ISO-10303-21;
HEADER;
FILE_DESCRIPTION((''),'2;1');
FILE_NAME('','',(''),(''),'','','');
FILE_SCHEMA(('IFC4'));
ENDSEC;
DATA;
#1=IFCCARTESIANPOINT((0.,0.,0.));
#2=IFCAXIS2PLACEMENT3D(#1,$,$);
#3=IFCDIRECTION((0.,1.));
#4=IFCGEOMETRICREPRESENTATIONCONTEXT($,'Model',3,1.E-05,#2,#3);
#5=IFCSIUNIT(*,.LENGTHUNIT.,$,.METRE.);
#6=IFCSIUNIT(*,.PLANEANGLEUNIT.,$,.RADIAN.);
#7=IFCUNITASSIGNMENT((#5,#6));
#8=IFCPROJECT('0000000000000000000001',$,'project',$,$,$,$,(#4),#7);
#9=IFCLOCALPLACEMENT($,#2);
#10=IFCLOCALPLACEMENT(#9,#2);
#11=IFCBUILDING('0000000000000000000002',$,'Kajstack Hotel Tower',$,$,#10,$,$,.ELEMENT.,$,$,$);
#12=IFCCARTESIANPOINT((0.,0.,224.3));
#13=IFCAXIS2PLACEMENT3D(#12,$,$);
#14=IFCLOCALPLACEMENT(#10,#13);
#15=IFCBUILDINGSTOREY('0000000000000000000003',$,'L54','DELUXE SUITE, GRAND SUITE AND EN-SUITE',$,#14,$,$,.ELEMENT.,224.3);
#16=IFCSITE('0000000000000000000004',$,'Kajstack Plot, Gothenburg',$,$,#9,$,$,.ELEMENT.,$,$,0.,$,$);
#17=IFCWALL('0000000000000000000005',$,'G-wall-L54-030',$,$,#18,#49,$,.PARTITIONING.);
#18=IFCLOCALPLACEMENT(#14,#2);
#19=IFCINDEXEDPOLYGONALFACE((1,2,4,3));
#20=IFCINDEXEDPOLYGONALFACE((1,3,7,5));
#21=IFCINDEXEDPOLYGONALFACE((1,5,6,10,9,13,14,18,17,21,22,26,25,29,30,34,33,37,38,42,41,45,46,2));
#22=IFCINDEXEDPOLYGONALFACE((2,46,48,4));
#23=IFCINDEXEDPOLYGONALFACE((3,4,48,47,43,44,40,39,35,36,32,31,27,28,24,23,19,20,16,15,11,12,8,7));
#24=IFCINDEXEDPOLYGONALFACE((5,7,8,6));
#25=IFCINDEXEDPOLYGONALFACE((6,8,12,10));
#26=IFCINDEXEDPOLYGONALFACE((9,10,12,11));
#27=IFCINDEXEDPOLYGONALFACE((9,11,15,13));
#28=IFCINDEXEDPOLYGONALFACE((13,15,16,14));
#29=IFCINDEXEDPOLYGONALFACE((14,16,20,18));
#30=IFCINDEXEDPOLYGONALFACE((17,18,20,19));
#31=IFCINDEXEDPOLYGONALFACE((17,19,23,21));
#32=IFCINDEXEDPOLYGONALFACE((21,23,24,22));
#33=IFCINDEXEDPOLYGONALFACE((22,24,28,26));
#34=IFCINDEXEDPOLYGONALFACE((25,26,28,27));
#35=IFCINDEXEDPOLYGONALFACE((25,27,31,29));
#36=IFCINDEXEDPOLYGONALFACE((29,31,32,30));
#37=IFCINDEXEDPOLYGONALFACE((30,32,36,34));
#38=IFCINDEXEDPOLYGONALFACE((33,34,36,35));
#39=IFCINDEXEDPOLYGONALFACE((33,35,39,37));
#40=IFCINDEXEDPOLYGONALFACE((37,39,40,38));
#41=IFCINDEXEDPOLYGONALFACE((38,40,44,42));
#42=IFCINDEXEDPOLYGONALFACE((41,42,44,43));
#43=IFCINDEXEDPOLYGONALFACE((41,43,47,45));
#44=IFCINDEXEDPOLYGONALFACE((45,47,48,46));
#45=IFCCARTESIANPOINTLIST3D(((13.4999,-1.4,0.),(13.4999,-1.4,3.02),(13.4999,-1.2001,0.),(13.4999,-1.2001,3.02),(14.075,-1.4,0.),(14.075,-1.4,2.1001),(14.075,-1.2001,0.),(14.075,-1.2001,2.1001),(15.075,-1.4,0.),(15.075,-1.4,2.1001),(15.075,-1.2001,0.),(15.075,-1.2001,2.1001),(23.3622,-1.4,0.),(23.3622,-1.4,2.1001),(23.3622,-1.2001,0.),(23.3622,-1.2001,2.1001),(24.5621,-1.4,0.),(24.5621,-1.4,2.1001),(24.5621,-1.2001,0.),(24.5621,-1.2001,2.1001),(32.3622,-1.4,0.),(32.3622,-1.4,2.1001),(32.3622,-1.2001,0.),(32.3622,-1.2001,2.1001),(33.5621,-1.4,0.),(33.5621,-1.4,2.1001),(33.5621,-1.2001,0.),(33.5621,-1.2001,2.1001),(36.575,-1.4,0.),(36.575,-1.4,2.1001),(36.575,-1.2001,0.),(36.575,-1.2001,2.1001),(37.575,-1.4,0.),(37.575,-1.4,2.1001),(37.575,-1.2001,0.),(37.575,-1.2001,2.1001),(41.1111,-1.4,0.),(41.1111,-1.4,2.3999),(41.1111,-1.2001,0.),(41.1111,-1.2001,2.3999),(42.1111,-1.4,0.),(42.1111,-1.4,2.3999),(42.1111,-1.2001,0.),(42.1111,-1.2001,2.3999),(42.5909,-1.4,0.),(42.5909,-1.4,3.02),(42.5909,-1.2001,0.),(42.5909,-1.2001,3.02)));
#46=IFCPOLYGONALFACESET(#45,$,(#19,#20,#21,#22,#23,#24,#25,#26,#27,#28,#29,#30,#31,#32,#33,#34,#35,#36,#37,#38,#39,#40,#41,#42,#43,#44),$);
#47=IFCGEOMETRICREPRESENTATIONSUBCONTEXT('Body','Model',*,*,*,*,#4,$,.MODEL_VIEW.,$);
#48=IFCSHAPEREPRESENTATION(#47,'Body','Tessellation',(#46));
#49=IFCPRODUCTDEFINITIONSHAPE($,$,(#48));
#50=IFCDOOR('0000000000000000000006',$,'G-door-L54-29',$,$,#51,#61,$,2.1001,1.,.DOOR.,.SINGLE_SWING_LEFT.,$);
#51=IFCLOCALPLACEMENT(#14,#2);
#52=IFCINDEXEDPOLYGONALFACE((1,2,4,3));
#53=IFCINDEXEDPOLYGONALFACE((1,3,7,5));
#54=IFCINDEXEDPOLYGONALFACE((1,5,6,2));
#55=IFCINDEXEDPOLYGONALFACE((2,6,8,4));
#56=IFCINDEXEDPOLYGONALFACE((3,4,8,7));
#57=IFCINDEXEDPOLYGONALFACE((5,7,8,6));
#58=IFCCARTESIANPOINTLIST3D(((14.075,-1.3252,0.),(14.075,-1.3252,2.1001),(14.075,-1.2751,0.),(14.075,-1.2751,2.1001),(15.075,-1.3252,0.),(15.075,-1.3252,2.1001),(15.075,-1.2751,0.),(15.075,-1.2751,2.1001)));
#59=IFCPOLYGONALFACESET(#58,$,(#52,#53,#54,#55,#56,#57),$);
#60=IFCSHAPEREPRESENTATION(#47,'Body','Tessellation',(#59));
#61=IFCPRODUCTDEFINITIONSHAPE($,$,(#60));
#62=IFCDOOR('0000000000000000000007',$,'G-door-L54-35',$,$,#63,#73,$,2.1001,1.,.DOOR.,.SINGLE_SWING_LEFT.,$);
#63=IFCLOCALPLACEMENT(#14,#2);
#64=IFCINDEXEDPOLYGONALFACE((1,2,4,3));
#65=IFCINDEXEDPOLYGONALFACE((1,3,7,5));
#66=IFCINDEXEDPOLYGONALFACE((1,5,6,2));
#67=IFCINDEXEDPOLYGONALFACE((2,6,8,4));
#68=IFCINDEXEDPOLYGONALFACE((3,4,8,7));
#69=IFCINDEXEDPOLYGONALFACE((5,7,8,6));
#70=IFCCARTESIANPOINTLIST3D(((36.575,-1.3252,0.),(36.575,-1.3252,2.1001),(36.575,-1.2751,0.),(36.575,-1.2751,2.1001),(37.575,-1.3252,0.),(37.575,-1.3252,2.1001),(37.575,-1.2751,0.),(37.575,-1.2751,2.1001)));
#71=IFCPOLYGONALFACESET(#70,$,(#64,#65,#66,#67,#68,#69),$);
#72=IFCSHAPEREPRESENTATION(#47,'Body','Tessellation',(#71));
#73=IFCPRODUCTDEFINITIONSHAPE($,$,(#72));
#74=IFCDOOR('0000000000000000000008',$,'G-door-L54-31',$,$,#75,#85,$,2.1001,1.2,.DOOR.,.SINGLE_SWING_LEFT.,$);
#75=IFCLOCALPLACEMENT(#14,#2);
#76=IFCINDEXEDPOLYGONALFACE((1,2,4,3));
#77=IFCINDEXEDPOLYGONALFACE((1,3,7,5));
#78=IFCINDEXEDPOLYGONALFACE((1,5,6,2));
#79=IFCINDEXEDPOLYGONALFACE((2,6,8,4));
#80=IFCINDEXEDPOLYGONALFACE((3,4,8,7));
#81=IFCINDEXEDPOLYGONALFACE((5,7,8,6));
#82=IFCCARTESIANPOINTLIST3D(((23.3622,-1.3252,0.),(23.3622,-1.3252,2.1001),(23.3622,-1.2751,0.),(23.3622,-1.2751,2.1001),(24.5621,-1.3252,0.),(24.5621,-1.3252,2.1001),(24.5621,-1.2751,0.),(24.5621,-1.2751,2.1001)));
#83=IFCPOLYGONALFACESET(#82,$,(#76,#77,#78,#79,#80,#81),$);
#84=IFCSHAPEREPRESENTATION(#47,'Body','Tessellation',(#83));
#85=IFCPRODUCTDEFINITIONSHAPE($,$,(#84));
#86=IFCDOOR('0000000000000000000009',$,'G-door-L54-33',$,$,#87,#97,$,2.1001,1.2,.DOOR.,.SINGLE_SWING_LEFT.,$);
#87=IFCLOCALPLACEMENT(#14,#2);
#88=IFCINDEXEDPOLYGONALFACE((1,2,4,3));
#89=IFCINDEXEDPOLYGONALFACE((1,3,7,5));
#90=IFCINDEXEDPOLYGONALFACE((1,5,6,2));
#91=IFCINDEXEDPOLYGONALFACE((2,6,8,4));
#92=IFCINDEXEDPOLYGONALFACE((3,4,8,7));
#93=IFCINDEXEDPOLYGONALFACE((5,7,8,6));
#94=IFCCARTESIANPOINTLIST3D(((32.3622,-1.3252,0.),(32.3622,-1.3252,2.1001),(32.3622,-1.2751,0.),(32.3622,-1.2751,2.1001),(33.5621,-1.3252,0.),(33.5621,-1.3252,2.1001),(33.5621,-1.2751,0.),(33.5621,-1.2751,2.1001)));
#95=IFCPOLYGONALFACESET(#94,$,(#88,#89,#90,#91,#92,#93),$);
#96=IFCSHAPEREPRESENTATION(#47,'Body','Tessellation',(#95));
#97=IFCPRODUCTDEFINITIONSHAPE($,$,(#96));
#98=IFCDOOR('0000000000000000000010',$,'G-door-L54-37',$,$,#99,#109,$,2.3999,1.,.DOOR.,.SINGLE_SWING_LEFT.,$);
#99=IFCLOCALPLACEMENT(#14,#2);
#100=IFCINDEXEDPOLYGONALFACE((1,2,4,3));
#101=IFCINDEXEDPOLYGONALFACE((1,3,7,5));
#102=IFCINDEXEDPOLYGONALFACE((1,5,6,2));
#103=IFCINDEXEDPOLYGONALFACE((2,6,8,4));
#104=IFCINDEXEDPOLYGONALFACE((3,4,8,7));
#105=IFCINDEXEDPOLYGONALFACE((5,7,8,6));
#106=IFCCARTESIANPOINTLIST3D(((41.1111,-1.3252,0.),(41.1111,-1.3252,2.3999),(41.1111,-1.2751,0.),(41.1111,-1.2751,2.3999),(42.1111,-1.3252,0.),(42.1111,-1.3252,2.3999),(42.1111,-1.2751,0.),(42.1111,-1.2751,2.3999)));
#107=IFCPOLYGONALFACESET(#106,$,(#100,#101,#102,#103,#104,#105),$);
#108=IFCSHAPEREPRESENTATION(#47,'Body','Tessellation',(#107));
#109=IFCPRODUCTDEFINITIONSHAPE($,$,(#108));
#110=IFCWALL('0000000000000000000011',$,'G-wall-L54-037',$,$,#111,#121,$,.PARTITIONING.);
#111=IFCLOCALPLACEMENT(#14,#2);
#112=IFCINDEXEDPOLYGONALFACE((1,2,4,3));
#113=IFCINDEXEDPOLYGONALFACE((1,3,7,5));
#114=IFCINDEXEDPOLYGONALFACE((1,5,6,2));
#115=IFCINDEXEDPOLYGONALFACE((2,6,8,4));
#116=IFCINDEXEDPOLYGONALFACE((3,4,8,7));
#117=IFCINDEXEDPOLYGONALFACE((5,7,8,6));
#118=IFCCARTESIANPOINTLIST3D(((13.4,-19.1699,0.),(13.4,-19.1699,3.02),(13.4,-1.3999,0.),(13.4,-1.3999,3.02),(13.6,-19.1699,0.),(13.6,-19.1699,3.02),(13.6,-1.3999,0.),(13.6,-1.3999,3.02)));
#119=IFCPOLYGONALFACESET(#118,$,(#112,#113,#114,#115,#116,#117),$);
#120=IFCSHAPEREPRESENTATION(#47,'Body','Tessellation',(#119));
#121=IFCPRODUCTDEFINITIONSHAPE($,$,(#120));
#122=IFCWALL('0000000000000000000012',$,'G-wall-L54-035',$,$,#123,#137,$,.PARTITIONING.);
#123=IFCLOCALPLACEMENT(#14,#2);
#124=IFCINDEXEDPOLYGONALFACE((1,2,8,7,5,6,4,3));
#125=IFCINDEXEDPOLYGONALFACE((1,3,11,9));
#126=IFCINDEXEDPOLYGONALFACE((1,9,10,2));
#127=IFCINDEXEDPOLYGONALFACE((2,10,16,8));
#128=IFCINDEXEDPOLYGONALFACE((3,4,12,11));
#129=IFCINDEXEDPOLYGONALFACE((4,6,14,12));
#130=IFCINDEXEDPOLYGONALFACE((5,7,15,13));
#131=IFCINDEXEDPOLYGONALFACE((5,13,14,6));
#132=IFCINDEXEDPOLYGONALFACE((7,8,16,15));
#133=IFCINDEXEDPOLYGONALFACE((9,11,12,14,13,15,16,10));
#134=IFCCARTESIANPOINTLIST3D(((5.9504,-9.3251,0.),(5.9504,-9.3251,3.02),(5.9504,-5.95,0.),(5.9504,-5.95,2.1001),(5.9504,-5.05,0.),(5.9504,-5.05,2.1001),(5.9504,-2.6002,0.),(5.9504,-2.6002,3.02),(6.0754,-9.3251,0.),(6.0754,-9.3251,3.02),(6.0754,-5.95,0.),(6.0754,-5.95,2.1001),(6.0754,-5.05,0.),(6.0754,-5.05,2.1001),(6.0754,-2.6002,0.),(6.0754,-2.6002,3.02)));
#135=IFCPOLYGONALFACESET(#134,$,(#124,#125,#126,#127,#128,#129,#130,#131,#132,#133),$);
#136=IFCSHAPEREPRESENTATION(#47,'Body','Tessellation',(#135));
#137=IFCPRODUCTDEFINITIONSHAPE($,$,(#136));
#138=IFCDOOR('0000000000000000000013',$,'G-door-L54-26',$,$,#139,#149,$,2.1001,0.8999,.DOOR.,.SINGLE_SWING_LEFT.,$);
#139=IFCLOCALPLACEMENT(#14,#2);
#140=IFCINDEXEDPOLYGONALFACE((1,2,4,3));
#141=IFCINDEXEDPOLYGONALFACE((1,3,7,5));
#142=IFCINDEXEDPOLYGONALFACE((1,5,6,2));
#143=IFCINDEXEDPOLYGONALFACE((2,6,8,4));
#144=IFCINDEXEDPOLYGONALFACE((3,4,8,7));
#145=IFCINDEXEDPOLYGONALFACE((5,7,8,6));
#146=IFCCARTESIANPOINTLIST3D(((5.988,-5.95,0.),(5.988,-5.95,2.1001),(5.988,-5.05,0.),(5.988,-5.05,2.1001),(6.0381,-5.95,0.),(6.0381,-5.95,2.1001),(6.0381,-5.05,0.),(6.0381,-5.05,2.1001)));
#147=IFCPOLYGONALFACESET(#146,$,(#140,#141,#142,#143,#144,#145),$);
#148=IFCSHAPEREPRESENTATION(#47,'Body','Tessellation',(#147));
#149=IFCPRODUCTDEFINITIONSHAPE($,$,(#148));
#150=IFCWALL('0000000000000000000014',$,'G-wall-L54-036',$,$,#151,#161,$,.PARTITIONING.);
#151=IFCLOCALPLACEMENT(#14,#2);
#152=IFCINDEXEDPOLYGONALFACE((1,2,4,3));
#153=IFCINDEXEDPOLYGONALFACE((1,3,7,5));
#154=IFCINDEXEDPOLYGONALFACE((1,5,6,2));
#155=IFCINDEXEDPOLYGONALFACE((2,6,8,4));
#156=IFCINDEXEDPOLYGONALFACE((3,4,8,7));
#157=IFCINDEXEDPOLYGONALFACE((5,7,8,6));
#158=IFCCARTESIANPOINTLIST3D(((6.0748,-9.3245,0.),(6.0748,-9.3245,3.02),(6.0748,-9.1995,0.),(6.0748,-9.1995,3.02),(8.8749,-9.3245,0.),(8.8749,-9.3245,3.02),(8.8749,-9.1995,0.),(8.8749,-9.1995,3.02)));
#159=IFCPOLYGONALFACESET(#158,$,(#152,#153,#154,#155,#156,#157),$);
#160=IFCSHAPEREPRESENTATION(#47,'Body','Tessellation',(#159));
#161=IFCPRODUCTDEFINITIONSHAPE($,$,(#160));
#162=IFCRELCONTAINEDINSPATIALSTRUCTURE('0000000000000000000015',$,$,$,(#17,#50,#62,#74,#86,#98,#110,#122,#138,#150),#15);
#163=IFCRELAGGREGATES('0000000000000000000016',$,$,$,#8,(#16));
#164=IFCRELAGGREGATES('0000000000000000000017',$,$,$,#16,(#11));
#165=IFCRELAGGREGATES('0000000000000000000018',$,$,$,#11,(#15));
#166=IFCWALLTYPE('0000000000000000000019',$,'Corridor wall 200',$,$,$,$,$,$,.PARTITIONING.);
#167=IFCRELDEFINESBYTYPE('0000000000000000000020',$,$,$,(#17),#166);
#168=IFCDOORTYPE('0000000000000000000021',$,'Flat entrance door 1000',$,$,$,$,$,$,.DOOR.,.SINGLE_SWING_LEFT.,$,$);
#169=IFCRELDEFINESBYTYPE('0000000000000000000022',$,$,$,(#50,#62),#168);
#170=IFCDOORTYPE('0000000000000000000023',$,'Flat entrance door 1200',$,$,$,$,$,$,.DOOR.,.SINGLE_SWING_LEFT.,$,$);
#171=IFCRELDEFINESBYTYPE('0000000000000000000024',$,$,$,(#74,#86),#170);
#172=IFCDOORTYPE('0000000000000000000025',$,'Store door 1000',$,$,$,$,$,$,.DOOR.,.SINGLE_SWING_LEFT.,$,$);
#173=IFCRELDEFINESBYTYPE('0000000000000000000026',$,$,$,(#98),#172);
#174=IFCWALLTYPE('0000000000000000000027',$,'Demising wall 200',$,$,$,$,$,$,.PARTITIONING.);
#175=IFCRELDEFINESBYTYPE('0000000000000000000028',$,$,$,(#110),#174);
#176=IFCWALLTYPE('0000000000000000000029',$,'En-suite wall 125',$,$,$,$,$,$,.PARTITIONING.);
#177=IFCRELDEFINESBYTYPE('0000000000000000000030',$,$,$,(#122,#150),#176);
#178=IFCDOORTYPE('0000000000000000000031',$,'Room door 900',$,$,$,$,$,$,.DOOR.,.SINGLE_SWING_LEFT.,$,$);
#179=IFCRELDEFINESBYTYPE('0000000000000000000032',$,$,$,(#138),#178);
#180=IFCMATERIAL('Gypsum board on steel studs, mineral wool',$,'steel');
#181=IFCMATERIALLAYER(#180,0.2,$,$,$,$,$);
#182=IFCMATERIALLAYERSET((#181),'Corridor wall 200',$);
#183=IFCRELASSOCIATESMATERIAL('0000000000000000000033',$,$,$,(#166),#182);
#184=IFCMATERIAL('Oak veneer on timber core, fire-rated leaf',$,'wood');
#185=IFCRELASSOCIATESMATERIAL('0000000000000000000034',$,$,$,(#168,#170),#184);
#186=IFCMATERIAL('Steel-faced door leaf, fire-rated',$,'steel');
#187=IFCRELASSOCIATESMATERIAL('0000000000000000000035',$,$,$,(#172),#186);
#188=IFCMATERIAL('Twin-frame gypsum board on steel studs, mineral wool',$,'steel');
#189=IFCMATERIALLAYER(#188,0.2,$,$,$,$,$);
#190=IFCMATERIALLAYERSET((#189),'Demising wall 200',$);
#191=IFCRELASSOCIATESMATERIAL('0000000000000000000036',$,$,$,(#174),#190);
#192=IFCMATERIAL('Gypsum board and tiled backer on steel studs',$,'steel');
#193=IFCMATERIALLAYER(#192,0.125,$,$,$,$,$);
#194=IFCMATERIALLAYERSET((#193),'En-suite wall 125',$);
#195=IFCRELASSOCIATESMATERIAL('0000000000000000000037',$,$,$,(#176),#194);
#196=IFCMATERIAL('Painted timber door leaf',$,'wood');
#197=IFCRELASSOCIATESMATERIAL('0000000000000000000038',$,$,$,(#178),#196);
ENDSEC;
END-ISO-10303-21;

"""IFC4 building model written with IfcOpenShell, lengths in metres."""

from ifc_helpers import new_model, si_unit, direction, frame, frame_2d, origin, place, context, subcontext, project, spatial, rectangle, extrude, material, layer, layer_set, type_object, element, fill, save


model = new_model("IFC4")

# Units and contexts
model_context = context("Model", 3, precision=1e-05, world=origin(), true_north=direction((0.0, 1.0)))
body_context = subcontext(model_context, "Body", "Model", "MODEL_VIEW")
ifc_project = project(units=[si_unit("LENGTHUNIT", "METRE"), si_unit("PLANEANGLEUNIT", "RADIAN")], contexts=[model_context])

# Site, building, storey
site_placement = place(None, origin())
site = spatial("IfcSite", under=ifc_project, at=site_placement, Name="Kajstack Plot, Gothenburg", CompositionType="ELEMENT", RefElevation=0.0)
building_placement = place(site_placement, origin())
building = spatial("IfcBuilding", under=site, at=building_placement, Name="Kajstack Hotel Tower", CompositionType="ELEMENT")
storey_placement = place(building_placement, frame((0.0, 0.0, 224.3)))
storey = spatial("IfcBuildingStorey", under=building, at=storey_placement, Name="L54", Description="DELUXE SUITE, GRAND SUITE AND EN-SUITE", CompositionType="ELEMENT", Elevation=224.3)

# Wall, openings, doors
ifc_material_1 = material(Name="Gypsum board on steel studs, mineral wool", Category="steel")
ifc_layer_1 = layer(ifc_material_1, 0.2)
ifc_layer_set_1 = layer_set([ifc_layer_1], Name="Corridor wall 200")
wall_type_1 = type_object("IfcWallType", Name="Corridor wall 200", PredefinedType="PARTITIONING", material=ifc_layer_set_1)
wall_1_placement = place(storey_placement, frame((13.5, -1.3, 0.0), z_axis=(0.0, 0.0, 1.0), x_axis=(1.0, 0.0, 0.0)))
wall_1 = element("IfcWall", 1, at=wall_1_placement, inside=storey, type_object=wall_type_1, Name="G-wall-L54-030", PredefinedType="PARTITIONING", context=body_context, shape_type="SweptSolid", body=[
    extrude(rectangle(XDim=29.0911, YDim=0.2, at=frame_2d((14.5454, 0.0))), origin(), (0.0, 0.0, 1.0), 3.02),
])
opening_1_placement = place(wall_1_placement, frame((0.575, 0.0, 0.0)))
opening_1 = element("IfcOpeningElement", 2, at=opening_1_placement, cuts=wall_1, PredefinedType="OPENING", context=body_context, shape_type="SweptSolid", body=[
    extrude(rectangle(XDim=1.0, YDim=2.1001, at=frame_2d((0.5, 1.05))), frame((0.0, 0.1099, 0.0), z_axis=(0.0, -1.0, 0.0), x_axis=(1.0, 0.0, 0.0)), (0.0, 0.0, 1.0), 0.22),
])
opening_2_placement = place(wall_1_placement, frame((9.8621, 0.0, 0.0)))
opening_2 = element("IfcOpeningElement", 3, at=opening_2_placement, cuts=wall_1, PredefinedType="OPENING", context=body_context, shape_type="SweptSolid", body=[
    extrude(rectangle(XDim=1.2, YDim=2.1001, at=frame_2d((0.6001, 1.05))), frame((0.0, 0.1099, 0.0), z_axis=(0.0, -1.0, 0.0), x_axis=(1.0, 0.0, 0.0)), (0.0, 0.0, 1.0), 0.22),
])
opening_3_placement = place(wall_1_placement, frame((18.8621, 0.0, 0.0)))
opening_3 = element("IfcOpeningElement", 4, at=opening_3_placement, cuts=wall_1, PredefinedType="OPENING", context=body_context, shape_type="SweptSolid", body=[
    extrude(rectangle(XDim=1.2, YDim=2.1001, at=frame_2d((0.6001, 1.05))), frame((0.0, 0.1099, 0.0), z_axis=(0.0, -1.0, 0.0), x_axis=(1.0, 0.0, 0.0)), (0.0, 0.0, 1.0), 0.22),
])
opening_4_placement = place(wall_1_placement, frame((23.075, 0.0, 0.0)))
opening_4 = element("IfcOpeningElement", 5, at=opening_4_placement, cuts=wall_1, PredefinedType="OPENING", context=body_context, shape_type="SweptSolid", body=[
    extrude(rectangle(XDim=1.0, YDim=2.1001, at=frame_2d((0.5, 1.05))), frame((0.0, 0.1099, 0.0), z_axis=(0.0, -1.0, 0.0), x_axis=(1.0, 0.0, 0.0)), (0.0, 0.0, 1.0), 0.22),
])
opening_5_placement = place(wall_1_placement, frame((27.6111, 0.0, 0.0)))
opening_5 = element("IfcOpeningElement", 6, at=opening_5_placement, cuts=wall_1, PredefinedType="OPENING", context=body_context, shape_type="SweptSolid", body=[
    extrude(rectangle(XDim=1.0, YDim=2.3999, at=frame_2d((0.5, 1.2))), frame((0.0, 0.1099, 0.0), z_axis=(0.0, -1.0, 0.0), x_axis=(1.0, 0.0, 0.0)), (0.0, 0.0, 1.0), 0.22),
])
ifc_material_2 = material(Name="Oak veneer on timber core, fire-rated leaf", Category="wood")
door_type_1 = type_object("IfcDoorType", Name="Flat entrance door 1000", OperationType="SINGLE_SWING_LEFT", PredefinedType="DOOR", material=ifc_material_2)
door_1_placement = place(opening_1_placement, origin())
door_1 = element("IfcDoor", 7, at=door_1_placement, inside=storey, type_object=door_type_1, Name="G-door-L54-29", OperationType="SINGLE_SWING_LEFT", OverallHeight=2.1001, OverallWidth=1.0, PredefinedType="DOOR", context=body_context, shape_type="SweptSolid", body=[
    extrude(rectangle(XDim=1.0, YDim=2.1001, at=frame_2d((0.5, 1.05))), frame((0.0, 0.0249, 0.0), z_axis=(0.0, -1.0, 0.0), x_axis=(1.0, 0.0, 0.0)), (0.0, 0.0, 1.0), 0.05),
])
fill(opening_1, door_1)
door_2_placement = place(opening_4_placement, origin())
door_2 = element("IfcDoor", 8, at=door_2_placement, inside=storey, type_object=door_type_1, Name="G-door-L54-35", OperationType="SINGLE_SWING_LEFT", OverallHeight=2.1001, OverallWidth=1.0, PredefinedType="DOOR", context=body_context, shape_type="SweptSolid", body=[
    extrude(rectangle(XDim=1.0, YDim=2.1001, at=frame_2d((0.5, 1.05))), frame((0.0, 0.0249, 0.0), z_axis=(0.0, -1.0, 0.0), x_axis=(1.0, 0.0, 0.0)), (0.0, 0.0, 1.0), 0.05),
])
fill(opening_4, door_2)
door_type_2 = type_object("IfcDoorType", Name="Flat entrance door 1200", OperationType="SINGLE_SWING_LEFT", PredefinedType="DOOR", material=ifc_material_2)
door_3_placement = place(opening_2_placement, origin())
door_3 = element("IfcDoor", 9, at=door_3_placement, inside=storey, type_object=door_type_2, Name="G-door-L54-31", OperationType="SINGLE_SWING_LEFT", OverallHeight=2.1001, OverallWidth=1.2, PredefinedType="DOOR", context=body_context, shape_type="SweptSolid", body=[
    extrude(rectangle(XDim=1.2, YDim=2.1001, at=frame_2d((0.6001, 1.05))), frame((0.0, 0.0249, 0.0), z_axis=(0.0, -1.0, 0.0), x_axis=(1.0, 0.0, 0.0)), (0.0, 0.0, 1.0), 0.05),
])
fill(opening_2, door_3)
door_4_placement = place(opening_3_placement, origin())
door_4 = element("IfcDoor", 10, at=door_4_placement, inside=storey, type_object=door_type_2, Name="G-door-L54-33", OperationType="SINGLE_SWING_LEFT", OverallHeight=2.1001, OverallWidth=1.2, PredefinedType="DOOR", context=body_context, shape_type="SweptSolid", body=[
    extrude(rectangle(XDim=1.2, YDim=2.1001, at=frame_2d((0.6001, 1.05))), frame((0.0, 0.0249, 0.0), z_axis=(0.0, -1.0, 0.0), x_axis=(1.0, 0.0, 0.0)), (0.0, 0.0, 1.0), 0.05),
])
fill(opening_3, door_4)
ifc_material_3 = material(Name="Steel-faced door leaf, fire-rated", Category="steel")
door_type_3 = type_object("IfcDoorType", Name="Store door 1000", OperationType="SINGLE_SWING_LEFT", PredefinedType="DOOR", material=ifc_material_3)
door_5_placement = place(opening_5_placement, origin())
door_5 = element("IfcDoor", 11, at=door_5_placement, inside=storey, type_object=door_type_3, Name="G-door-L54-37", OperationType="SINGLE_SWING_LEFT", OverallHeight=2.3999, OverallWidth=1.0, PredefinedType="DOOR", context=body_context, shape_type="SweptSolid", body=[
    extrude(rectangle(XDim=1.0, YDim=2.3999, at=frame_2d((0.5, 1.2))), frame((0.0, 0.0249, 0.0), z_axis=(0.0, -1.0, 0.0), x_axis=(1.0, 0.0, 0.0)), (0.0, 0.0, 1.0), 0.05),
])
fill(opening_5, door_5)

# Wall
ifc_material_4 = material(Name="Twin-frame gypsum board on steel studs, mineral wool", Category="steel")
ifc_layer_2 = layer(ifc_material_4, 0.2)
ifc_layer_set_2 = layer_set([ifc_layer_2], Name="Demising wall 200")
wall_type_2 = type_object("IfcWallType", Name="Demising wall 200", PredefinedType="PARTITIONING", material=ifc_layer_set_2)
wall_2_placement = place(storey_placement, frame((13.5, -19.1699, 0.0), z_axis=(0.0, 0.0, 1.0), x_axis=(0.0, 1.0, 0.0)))
element("IfcWall", 12, at=wall_2_placement, inside=storey, type_object=wall_type_2, Name="G-wall-L54-037", PredefinedType="PARTITIONING", context=body_context, shape_type="SweptSolid", body=[
    extrude(rectangle(XDim=17.77, YDim=0.2, at=frame_2d((8.885, 0.0))), origin(), (0.0, 0.0, 1.0), 3.02),
])

# Wall, opening, door
ifc_material_5 = material(Name="Gypsum board and tiled backer on steel studs", Category="steel")
ifc_layer_3 = layer(ifc_material_5, 0.125)
ifc_layer_set_3 = layer_set([ifc_layer_3], Name="En-suite wall 125")
wall_type_3 = type_object("IfcWallType", Name="En-suite wall 125", PredefinedType="PARTITIONING", material=ifc_layer_set_3)
wall_3_placement = place(storey_placement, frame((6.0129, -9.325, 0.0), z_axis=(0.0, 0.0, 1.0), x_axis=(0.0, 1.0, 0.0)))
wall_3 = element("IfcWall", 13, at=wall_3_placement, inside=storey, type_object=wall_type_3, Name="G-wall-L54-035", PredefinedType="PARTITIONING", context=body_context, shape_type="SweptSolid", body=[
    extrude(rectangle(XDim=6.7249, YDim=0.125, at=frame_2d((3.3623, 0.0))), origin(), (0.0, 0.0, 1.0), 3.02),
])
opening_6_placement = place(wall_3_placement, frame((3.375, 0.0, 0.0)))
opening_6 = element("IfcOpeningElement", 14, at=opening_6_placement, cuts=wall_3, PredefinedType="OPENING", context=body_context, shape_type="SweptSolid", body=[
    extrude(rectangle(XDim=0.8999, YDim=2.1001, at=frame_2d((0.45, 1.05))), frame((0.0, 0.0725, 0.0), z_axis=(0.0, -1.0, 0.0), x_axis=(1.0, 0.0, 0.0)), (0.0, 0.0, 1.0), 0.145),
])
ifc_material_6 = material(Name="Painted timber door leaf", Category="wood")
door_type_4 = type_object("IfcDoorType", Name="Room door 900", OperationType="SINGLE_SWING_LEFT", PredefinedType="DOOR", material=ifc_material_6)
door_6_placement = place(opening_6_placement, origin())
door_6 = element("IfcDoor", 15, at=door_6_placement, inside=storey, type_object=door_type_4, Name="G-door-L54-26", OperationType="SINGLE_SWING_LEFT", OverallHeight=2.1001, OverallWidth=0.8999, PredefinedType="DOOR", context=body_context, shape_type="SweptSolid", body=[
    extrude(rectangle(XDim=0.8999, YDim=2.1001, at=frame_2d((0.45, 1.05))), frame((0.0, 0.0249, 0.0), z_axis=(0.0, -1.0, 0.0), x_axis=(1.0, 0.0, 0.0)), (0.0, 0.0, 1.0), 0.05),
])
fill(opening_6, door_6)

# Wall
wall_4_placement = place(storey_placement, frame((6.075, -9.262, 0.0), z_axis=(0.0, 0.0, 1.0), x_axis=(1.0, 0.0, 0.0)))
element("IfcWall", 16, at=wall_4_placement, inside=storey, type_object=wall_type_3, Name="G-wall-L54-036", PredefinedType="PARTITIONING", context=body_context, shape_type="SweptSolid", body=[
    extrude(rectangle(XDim=2.8, YDim=0.125, at=frame_2d((1.3999, 0.0))), origin(), (0.0, 0.0, 1.0), 3.02),
])

save(model, "model.ifc")
